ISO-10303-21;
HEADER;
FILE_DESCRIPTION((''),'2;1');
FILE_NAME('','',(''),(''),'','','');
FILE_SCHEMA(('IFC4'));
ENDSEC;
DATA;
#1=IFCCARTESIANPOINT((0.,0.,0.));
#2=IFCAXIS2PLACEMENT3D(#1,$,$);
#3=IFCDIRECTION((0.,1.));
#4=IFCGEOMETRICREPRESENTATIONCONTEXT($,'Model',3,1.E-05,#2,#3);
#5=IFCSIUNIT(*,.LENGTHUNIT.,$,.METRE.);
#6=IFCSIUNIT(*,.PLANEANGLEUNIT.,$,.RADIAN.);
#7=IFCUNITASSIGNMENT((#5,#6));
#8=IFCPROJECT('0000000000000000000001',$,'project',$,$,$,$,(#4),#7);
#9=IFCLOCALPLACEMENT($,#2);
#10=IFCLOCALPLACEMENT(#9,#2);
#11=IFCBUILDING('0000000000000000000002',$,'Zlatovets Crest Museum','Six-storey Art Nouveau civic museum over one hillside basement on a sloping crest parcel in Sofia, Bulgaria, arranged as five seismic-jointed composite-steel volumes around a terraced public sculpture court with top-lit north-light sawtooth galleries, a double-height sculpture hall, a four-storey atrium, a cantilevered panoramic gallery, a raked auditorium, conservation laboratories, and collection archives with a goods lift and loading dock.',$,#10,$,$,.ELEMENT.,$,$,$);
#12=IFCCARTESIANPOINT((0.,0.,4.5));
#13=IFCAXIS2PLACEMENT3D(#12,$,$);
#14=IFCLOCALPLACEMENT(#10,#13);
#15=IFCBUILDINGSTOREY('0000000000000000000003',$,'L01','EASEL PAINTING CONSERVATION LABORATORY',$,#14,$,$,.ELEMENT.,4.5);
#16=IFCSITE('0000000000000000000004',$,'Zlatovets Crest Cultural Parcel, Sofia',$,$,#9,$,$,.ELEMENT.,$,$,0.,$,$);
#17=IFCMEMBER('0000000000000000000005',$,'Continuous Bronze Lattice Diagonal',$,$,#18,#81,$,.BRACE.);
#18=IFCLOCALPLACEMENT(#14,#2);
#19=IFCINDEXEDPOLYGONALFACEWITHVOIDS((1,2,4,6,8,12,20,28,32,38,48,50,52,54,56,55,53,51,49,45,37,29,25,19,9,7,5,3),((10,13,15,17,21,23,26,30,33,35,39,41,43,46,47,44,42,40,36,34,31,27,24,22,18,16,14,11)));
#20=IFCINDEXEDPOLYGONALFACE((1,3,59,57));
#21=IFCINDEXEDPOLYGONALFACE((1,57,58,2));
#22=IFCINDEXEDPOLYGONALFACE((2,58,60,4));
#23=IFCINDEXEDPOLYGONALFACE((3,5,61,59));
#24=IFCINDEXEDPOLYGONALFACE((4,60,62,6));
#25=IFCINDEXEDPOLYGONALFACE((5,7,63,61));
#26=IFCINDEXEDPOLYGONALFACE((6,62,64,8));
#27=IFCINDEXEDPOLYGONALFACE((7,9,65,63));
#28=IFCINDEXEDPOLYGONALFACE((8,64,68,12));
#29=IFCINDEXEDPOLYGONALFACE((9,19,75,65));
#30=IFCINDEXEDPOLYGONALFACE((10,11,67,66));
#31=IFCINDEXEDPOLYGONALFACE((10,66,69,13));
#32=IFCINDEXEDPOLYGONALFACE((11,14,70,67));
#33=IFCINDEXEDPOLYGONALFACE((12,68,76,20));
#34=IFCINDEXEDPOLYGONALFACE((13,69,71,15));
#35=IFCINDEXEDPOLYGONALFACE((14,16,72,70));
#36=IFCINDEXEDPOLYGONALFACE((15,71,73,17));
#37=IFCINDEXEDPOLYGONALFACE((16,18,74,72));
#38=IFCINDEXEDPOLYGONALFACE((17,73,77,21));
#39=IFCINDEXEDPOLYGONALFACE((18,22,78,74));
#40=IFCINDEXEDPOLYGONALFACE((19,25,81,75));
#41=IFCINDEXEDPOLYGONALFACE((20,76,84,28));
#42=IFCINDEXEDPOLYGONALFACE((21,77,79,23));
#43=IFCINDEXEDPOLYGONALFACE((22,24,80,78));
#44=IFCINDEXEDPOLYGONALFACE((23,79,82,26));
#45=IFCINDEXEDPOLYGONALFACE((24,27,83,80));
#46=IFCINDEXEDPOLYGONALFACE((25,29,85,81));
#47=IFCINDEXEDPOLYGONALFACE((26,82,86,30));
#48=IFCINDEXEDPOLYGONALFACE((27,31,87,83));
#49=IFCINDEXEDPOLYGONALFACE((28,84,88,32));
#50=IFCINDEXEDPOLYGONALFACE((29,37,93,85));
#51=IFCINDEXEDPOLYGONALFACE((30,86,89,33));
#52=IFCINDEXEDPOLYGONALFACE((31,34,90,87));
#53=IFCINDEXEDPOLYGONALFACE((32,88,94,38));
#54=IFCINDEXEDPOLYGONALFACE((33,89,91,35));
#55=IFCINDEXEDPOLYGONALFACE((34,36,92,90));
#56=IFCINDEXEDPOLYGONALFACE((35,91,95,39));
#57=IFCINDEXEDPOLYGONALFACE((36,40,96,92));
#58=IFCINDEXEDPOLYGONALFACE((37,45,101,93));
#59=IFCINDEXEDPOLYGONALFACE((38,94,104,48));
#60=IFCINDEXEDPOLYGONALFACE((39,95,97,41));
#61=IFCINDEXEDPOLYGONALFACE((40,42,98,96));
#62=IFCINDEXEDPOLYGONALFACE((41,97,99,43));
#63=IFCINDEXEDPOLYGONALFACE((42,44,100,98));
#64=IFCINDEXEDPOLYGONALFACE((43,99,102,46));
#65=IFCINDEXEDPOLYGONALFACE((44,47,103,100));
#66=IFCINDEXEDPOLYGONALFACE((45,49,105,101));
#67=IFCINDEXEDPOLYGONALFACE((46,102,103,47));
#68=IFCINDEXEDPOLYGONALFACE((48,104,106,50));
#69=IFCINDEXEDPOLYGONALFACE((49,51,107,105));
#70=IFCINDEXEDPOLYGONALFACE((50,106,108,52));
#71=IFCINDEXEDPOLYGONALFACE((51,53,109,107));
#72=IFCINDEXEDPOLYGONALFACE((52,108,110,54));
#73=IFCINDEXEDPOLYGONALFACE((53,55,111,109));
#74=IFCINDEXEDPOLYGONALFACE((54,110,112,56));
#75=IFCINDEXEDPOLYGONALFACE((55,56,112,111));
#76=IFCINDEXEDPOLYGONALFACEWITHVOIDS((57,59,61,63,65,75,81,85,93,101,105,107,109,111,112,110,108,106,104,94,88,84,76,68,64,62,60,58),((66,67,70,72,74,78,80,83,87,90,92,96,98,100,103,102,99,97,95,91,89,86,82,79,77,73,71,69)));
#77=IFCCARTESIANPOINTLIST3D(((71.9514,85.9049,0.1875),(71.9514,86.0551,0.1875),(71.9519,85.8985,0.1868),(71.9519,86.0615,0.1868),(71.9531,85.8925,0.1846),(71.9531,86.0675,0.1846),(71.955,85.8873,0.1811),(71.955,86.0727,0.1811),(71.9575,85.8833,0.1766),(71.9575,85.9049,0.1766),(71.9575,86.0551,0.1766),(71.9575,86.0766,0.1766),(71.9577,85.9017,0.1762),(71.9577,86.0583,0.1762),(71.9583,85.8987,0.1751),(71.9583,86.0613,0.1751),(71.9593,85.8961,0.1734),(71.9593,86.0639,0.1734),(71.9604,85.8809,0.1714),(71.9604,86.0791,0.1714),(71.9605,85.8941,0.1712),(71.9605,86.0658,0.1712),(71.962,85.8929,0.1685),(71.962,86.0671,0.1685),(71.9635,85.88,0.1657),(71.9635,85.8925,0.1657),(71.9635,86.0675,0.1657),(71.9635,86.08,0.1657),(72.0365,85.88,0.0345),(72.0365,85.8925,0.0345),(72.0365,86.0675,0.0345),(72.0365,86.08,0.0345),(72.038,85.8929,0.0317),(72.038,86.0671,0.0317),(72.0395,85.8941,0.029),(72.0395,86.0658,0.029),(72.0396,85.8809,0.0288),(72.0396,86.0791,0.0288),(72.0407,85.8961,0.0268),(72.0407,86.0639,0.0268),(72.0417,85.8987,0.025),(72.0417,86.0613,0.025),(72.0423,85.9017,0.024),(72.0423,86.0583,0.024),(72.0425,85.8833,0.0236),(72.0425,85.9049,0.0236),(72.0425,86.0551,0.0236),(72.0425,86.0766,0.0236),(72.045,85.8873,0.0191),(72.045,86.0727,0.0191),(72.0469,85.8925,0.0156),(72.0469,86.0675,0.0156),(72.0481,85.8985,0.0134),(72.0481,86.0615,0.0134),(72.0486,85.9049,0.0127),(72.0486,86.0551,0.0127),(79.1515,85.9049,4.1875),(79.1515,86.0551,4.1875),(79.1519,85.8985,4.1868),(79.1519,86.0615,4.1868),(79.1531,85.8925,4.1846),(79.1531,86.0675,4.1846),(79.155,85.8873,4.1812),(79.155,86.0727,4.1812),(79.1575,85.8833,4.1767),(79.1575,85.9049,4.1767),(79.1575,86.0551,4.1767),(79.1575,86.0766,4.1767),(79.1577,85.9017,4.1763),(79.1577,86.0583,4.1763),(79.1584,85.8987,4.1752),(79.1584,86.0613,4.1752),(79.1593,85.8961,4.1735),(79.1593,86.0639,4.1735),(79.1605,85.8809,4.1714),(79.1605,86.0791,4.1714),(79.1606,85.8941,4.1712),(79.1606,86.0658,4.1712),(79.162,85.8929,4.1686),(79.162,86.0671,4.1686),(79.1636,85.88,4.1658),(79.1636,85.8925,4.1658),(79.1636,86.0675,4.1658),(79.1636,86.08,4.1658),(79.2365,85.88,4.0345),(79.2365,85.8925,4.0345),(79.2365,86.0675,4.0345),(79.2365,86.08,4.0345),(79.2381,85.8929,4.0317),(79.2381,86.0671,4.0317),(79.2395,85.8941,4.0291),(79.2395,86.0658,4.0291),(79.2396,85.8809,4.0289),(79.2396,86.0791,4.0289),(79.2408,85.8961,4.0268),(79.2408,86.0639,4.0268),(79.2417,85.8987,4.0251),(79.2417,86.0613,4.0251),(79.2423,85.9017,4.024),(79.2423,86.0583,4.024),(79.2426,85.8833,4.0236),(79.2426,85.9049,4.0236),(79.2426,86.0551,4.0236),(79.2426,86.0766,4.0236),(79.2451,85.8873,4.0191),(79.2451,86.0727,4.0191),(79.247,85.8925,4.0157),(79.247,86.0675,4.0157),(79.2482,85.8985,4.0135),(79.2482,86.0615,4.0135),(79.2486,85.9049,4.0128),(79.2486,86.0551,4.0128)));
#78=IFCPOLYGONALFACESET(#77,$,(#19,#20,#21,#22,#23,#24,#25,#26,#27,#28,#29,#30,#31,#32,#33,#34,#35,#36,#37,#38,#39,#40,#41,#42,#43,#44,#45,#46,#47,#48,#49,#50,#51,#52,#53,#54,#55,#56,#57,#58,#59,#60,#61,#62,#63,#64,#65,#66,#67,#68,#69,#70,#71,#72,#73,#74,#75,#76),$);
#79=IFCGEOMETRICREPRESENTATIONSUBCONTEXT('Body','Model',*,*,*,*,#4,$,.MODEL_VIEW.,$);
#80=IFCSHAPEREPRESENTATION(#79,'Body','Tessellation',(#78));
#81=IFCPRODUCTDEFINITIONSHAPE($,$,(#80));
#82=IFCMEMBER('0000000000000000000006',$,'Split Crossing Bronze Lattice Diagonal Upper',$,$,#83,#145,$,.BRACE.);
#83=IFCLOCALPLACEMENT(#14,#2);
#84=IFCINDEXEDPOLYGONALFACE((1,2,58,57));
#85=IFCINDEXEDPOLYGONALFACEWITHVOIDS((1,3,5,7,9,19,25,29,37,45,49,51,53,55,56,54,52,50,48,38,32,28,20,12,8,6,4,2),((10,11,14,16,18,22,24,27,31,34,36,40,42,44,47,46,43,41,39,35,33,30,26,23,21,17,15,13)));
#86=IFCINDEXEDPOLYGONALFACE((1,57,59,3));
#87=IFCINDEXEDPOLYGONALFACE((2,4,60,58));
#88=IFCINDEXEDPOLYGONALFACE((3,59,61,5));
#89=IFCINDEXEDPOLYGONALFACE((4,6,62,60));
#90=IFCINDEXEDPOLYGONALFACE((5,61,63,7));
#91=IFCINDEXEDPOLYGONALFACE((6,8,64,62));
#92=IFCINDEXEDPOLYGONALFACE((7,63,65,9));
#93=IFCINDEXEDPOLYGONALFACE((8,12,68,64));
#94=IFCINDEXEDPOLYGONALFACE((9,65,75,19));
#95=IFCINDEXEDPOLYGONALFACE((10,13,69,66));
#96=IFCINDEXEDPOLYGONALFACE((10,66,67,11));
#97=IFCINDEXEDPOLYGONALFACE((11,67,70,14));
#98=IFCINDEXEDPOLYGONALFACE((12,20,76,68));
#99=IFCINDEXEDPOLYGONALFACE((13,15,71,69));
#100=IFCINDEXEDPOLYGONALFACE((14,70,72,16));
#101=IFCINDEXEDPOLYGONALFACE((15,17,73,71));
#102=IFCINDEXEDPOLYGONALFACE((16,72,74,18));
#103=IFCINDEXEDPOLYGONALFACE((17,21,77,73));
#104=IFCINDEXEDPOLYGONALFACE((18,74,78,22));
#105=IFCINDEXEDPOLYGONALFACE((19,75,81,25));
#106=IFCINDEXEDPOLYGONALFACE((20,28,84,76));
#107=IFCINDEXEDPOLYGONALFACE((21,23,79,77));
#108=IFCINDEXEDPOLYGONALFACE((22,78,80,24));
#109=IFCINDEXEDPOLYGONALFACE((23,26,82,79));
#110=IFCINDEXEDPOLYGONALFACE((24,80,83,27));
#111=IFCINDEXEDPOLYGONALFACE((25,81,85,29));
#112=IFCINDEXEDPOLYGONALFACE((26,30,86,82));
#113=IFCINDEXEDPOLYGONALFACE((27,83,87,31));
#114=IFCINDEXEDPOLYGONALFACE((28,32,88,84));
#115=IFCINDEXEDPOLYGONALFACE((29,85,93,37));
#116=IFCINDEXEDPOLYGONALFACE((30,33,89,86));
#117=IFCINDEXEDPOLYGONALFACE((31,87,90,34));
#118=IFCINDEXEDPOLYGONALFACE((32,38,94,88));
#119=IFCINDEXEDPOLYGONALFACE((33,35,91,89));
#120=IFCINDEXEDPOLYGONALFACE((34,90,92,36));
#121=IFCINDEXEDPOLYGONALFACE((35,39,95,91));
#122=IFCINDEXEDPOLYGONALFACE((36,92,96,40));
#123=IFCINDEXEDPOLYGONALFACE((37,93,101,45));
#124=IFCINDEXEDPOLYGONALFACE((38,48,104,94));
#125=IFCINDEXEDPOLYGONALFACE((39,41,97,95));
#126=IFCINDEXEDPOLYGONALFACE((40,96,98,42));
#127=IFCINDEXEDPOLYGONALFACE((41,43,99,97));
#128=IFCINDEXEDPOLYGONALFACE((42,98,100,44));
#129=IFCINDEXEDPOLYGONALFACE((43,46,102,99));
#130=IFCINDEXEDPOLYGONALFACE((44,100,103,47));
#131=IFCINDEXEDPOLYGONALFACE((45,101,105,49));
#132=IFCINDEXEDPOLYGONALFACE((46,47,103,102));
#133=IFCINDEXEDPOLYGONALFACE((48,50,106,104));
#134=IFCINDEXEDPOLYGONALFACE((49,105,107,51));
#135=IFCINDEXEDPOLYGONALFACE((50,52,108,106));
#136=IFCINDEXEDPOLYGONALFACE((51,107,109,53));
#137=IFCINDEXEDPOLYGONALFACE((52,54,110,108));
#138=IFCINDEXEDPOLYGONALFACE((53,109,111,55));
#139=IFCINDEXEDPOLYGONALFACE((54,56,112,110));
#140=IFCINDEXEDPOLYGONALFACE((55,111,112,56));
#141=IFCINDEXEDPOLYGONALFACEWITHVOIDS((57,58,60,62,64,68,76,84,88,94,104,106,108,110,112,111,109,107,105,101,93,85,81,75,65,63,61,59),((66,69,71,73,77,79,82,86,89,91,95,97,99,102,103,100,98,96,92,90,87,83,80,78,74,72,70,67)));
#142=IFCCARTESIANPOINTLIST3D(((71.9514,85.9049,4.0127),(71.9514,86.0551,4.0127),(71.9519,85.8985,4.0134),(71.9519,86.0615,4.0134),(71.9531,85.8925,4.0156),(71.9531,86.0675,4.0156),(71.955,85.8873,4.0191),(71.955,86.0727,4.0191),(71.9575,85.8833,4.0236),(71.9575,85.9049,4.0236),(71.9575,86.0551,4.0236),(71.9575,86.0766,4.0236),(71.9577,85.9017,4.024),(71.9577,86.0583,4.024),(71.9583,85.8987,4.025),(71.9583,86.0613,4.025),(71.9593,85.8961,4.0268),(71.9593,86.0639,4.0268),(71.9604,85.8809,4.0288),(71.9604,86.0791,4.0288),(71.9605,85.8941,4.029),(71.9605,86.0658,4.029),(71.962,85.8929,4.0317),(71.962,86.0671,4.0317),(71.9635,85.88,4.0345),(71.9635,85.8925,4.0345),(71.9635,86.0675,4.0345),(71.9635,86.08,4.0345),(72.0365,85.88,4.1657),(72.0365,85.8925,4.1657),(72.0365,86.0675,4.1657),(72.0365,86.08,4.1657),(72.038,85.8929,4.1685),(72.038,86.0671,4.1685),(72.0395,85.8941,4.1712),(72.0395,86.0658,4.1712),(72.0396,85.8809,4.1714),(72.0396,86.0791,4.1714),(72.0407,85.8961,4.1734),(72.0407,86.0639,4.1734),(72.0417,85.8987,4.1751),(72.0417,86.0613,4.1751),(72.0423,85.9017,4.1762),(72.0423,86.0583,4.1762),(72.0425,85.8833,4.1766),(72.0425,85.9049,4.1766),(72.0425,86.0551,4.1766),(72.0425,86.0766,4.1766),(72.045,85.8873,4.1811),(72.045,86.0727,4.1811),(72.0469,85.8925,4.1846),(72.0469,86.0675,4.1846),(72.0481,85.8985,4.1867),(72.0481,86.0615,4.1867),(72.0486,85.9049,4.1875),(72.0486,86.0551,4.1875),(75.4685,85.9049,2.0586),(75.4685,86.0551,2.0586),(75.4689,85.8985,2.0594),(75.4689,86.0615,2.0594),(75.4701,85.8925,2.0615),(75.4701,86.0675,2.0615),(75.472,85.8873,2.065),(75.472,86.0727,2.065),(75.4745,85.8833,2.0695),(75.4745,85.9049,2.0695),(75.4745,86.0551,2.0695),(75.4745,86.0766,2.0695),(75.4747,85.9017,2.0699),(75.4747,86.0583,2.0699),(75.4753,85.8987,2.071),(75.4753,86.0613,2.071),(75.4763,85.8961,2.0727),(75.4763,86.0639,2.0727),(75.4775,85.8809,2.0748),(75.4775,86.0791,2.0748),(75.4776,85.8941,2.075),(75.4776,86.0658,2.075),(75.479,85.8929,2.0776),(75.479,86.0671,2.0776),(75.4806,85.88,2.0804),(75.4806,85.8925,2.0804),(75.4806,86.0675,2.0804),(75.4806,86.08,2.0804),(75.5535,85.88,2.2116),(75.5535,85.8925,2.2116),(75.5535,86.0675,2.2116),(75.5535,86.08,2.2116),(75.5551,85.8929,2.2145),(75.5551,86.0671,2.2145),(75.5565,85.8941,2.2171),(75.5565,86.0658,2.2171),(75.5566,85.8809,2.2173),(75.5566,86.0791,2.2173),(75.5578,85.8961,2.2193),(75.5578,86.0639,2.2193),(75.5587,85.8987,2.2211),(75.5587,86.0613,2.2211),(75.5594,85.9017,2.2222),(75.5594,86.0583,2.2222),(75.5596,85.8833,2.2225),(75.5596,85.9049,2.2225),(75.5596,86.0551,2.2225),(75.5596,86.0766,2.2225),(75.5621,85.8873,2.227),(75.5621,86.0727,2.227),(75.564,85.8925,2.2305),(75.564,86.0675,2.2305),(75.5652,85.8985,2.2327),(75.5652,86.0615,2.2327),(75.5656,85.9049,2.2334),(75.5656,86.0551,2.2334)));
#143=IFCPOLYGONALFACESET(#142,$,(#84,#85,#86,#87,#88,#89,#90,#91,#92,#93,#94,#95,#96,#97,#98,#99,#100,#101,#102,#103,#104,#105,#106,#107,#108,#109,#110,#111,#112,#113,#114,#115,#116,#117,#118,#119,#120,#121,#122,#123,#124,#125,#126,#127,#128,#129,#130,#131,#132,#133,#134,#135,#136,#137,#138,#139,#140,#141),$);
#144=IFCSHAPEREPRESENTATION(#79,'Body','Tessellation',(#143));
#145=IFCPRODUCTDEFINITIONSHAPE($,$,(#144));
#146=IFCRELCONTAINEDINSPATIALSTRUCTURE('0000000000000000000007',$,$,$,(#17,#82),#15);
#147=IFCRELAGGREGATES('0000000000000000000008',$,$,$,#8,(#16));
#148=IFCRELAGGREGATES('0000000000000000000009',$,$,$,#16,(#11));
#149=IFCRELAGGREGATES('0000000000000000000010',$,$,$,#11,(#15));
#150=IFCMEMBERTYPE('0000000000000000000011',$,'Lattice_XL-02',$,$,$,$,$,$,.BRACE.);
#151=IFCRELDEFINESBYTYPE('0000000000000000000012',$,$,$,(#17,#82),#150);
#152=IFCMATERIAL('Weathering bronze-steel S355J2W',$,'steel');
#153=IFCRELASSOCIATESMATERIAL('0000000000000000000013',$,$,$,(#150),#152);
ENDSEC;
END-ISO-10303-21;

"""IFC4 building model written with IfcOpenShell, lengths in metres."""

from ifc_helpers import new_model, si_unit, direction, frame, origin, origin_2d, place, context, subcontext, project, spatial, hollow_rectangle, extrude, material, material_profile, profile_set, type_object, element, save


model = new_model("IFC4")

# Units and contexts
model_context = context("Model", 3, precision=1e-05, world=origin(), true_north=direction((0.0, 1.0)))
body_context = subcontext(model_context, "Body", "Model", "MODEL_VIEW")
ifc_project = project(units=[si_unit("LENGTHUNIT", "METRE"), si_unit("PLANEANGLEUNIT", "RADIAN")], contexts=[model_context])

# Site, building, storey
site_placement = place(None, origin())
site = spatial("IfcSite", under=ifc_project, at=site_placement, Name="Zlatovets Crest Cultural Parcel, Sofia", CompositionType="ELEMENT", RefElevation=0.0)
building_placement = place(site_placement, origin())
building = spatial("IfcBuilding", under=site, at=building_placement, Name="Zlatovets Crest Museum", Description="Six-storey Art Nouveau civic museum over one hillside basement on a sloping crest parcel in Sofia, Bulgaria, arranged as five seismic-jointed composite-steel volumes around a terraced public sculpture court with top-lit north-light sawtooth galleries, a double-height sculpture hall, a four-storey atrium, a cantilevered panoramic gallery, a raked auditorium, conservation laboratories, and collection archives with a goods lift and loading dock.", CompositionType="ELEMENT")
storey_placement = place(building_placement, frame((0.0, 0.0, 4.5)))
storey = spatial("IfcBuildingStorey", under=building, at=storey_placement, Name="L01", Description="EASEL PAINTING CONSERVATION LABORATORY", CompositionType="ELEMENT", Elevation=4.5)

# Members
ifc_material_1 = material(Name="Weathering bronze-steel S355J2W", Category="steel")
ifc_material_profile_1 = material_profile(ifc_material_1, hollow_rectangle(XDim=0.2, YDim=0.2, WallThickness=0.0125, InnerFilletRadius=0.0125, OuterFilletRadius=0.0249, at=origin_2d()), Name="SHS 200x200x12.5")
ifc_profile_set_1 = profile_set([ifc_material_profile_1], Name="Weathering bronze-steel S355J2W")
member_type_1 = type_object("IfcMemberType", Name="Lattice_XL-02", PredefinedType="BRACE", material=ifc_profile_set_1)
member_1_placement = place(storey_placement, frame((72.0, 85.98, 0.1001), z_axis=(0.874156, 0.0, 0.485645), x_axis=(0.0, 1.0, 0.0)))
element("IfcMember", 1, at=member_1_placement, inside=storey, type_object=member_type_1, Name="Continuous Bronze Lattice Diagonal", PredefinedType="BRACE", context=body_context, shape_type="SweptSolid", body=[
    extrude(hollow_rectangle(XDim=0.2, YDim=0.2, WallThickness=0.0125, InnerFilletRadius=0.0125, OuterFilletRadius=0.0249, at=origin_2d()), origin(), (0.0, 0.0, 1.0), 8.2366),
])
member_2_placement = place(storey_placement, frame((72.0, 85.98, 4.1001), z_axis=(0.87414, 0.0, -0.485674), x_axis=(0.0, 1.0, 0.0)))
element("IfcMember", 2, at=member_2_placement, inside=storey, type_object=member_type_1, Name="Split Crossing Bronze Lattice Diagonal Upper", PredefinedType="BRACE", context=body_context, shape_type="SweptSolid", body=[
    extrude(hollow_rectangle(XDim=0.2, YDim=0.2, WallThickness=0.0125, InnerFilletRadius=0.0125, OuterFilletRadius=0.0249, at=origin_2d()), origin(), (0.0, 0.0, 1.0), 4.0234),
])

save(model, "model.ifc")
